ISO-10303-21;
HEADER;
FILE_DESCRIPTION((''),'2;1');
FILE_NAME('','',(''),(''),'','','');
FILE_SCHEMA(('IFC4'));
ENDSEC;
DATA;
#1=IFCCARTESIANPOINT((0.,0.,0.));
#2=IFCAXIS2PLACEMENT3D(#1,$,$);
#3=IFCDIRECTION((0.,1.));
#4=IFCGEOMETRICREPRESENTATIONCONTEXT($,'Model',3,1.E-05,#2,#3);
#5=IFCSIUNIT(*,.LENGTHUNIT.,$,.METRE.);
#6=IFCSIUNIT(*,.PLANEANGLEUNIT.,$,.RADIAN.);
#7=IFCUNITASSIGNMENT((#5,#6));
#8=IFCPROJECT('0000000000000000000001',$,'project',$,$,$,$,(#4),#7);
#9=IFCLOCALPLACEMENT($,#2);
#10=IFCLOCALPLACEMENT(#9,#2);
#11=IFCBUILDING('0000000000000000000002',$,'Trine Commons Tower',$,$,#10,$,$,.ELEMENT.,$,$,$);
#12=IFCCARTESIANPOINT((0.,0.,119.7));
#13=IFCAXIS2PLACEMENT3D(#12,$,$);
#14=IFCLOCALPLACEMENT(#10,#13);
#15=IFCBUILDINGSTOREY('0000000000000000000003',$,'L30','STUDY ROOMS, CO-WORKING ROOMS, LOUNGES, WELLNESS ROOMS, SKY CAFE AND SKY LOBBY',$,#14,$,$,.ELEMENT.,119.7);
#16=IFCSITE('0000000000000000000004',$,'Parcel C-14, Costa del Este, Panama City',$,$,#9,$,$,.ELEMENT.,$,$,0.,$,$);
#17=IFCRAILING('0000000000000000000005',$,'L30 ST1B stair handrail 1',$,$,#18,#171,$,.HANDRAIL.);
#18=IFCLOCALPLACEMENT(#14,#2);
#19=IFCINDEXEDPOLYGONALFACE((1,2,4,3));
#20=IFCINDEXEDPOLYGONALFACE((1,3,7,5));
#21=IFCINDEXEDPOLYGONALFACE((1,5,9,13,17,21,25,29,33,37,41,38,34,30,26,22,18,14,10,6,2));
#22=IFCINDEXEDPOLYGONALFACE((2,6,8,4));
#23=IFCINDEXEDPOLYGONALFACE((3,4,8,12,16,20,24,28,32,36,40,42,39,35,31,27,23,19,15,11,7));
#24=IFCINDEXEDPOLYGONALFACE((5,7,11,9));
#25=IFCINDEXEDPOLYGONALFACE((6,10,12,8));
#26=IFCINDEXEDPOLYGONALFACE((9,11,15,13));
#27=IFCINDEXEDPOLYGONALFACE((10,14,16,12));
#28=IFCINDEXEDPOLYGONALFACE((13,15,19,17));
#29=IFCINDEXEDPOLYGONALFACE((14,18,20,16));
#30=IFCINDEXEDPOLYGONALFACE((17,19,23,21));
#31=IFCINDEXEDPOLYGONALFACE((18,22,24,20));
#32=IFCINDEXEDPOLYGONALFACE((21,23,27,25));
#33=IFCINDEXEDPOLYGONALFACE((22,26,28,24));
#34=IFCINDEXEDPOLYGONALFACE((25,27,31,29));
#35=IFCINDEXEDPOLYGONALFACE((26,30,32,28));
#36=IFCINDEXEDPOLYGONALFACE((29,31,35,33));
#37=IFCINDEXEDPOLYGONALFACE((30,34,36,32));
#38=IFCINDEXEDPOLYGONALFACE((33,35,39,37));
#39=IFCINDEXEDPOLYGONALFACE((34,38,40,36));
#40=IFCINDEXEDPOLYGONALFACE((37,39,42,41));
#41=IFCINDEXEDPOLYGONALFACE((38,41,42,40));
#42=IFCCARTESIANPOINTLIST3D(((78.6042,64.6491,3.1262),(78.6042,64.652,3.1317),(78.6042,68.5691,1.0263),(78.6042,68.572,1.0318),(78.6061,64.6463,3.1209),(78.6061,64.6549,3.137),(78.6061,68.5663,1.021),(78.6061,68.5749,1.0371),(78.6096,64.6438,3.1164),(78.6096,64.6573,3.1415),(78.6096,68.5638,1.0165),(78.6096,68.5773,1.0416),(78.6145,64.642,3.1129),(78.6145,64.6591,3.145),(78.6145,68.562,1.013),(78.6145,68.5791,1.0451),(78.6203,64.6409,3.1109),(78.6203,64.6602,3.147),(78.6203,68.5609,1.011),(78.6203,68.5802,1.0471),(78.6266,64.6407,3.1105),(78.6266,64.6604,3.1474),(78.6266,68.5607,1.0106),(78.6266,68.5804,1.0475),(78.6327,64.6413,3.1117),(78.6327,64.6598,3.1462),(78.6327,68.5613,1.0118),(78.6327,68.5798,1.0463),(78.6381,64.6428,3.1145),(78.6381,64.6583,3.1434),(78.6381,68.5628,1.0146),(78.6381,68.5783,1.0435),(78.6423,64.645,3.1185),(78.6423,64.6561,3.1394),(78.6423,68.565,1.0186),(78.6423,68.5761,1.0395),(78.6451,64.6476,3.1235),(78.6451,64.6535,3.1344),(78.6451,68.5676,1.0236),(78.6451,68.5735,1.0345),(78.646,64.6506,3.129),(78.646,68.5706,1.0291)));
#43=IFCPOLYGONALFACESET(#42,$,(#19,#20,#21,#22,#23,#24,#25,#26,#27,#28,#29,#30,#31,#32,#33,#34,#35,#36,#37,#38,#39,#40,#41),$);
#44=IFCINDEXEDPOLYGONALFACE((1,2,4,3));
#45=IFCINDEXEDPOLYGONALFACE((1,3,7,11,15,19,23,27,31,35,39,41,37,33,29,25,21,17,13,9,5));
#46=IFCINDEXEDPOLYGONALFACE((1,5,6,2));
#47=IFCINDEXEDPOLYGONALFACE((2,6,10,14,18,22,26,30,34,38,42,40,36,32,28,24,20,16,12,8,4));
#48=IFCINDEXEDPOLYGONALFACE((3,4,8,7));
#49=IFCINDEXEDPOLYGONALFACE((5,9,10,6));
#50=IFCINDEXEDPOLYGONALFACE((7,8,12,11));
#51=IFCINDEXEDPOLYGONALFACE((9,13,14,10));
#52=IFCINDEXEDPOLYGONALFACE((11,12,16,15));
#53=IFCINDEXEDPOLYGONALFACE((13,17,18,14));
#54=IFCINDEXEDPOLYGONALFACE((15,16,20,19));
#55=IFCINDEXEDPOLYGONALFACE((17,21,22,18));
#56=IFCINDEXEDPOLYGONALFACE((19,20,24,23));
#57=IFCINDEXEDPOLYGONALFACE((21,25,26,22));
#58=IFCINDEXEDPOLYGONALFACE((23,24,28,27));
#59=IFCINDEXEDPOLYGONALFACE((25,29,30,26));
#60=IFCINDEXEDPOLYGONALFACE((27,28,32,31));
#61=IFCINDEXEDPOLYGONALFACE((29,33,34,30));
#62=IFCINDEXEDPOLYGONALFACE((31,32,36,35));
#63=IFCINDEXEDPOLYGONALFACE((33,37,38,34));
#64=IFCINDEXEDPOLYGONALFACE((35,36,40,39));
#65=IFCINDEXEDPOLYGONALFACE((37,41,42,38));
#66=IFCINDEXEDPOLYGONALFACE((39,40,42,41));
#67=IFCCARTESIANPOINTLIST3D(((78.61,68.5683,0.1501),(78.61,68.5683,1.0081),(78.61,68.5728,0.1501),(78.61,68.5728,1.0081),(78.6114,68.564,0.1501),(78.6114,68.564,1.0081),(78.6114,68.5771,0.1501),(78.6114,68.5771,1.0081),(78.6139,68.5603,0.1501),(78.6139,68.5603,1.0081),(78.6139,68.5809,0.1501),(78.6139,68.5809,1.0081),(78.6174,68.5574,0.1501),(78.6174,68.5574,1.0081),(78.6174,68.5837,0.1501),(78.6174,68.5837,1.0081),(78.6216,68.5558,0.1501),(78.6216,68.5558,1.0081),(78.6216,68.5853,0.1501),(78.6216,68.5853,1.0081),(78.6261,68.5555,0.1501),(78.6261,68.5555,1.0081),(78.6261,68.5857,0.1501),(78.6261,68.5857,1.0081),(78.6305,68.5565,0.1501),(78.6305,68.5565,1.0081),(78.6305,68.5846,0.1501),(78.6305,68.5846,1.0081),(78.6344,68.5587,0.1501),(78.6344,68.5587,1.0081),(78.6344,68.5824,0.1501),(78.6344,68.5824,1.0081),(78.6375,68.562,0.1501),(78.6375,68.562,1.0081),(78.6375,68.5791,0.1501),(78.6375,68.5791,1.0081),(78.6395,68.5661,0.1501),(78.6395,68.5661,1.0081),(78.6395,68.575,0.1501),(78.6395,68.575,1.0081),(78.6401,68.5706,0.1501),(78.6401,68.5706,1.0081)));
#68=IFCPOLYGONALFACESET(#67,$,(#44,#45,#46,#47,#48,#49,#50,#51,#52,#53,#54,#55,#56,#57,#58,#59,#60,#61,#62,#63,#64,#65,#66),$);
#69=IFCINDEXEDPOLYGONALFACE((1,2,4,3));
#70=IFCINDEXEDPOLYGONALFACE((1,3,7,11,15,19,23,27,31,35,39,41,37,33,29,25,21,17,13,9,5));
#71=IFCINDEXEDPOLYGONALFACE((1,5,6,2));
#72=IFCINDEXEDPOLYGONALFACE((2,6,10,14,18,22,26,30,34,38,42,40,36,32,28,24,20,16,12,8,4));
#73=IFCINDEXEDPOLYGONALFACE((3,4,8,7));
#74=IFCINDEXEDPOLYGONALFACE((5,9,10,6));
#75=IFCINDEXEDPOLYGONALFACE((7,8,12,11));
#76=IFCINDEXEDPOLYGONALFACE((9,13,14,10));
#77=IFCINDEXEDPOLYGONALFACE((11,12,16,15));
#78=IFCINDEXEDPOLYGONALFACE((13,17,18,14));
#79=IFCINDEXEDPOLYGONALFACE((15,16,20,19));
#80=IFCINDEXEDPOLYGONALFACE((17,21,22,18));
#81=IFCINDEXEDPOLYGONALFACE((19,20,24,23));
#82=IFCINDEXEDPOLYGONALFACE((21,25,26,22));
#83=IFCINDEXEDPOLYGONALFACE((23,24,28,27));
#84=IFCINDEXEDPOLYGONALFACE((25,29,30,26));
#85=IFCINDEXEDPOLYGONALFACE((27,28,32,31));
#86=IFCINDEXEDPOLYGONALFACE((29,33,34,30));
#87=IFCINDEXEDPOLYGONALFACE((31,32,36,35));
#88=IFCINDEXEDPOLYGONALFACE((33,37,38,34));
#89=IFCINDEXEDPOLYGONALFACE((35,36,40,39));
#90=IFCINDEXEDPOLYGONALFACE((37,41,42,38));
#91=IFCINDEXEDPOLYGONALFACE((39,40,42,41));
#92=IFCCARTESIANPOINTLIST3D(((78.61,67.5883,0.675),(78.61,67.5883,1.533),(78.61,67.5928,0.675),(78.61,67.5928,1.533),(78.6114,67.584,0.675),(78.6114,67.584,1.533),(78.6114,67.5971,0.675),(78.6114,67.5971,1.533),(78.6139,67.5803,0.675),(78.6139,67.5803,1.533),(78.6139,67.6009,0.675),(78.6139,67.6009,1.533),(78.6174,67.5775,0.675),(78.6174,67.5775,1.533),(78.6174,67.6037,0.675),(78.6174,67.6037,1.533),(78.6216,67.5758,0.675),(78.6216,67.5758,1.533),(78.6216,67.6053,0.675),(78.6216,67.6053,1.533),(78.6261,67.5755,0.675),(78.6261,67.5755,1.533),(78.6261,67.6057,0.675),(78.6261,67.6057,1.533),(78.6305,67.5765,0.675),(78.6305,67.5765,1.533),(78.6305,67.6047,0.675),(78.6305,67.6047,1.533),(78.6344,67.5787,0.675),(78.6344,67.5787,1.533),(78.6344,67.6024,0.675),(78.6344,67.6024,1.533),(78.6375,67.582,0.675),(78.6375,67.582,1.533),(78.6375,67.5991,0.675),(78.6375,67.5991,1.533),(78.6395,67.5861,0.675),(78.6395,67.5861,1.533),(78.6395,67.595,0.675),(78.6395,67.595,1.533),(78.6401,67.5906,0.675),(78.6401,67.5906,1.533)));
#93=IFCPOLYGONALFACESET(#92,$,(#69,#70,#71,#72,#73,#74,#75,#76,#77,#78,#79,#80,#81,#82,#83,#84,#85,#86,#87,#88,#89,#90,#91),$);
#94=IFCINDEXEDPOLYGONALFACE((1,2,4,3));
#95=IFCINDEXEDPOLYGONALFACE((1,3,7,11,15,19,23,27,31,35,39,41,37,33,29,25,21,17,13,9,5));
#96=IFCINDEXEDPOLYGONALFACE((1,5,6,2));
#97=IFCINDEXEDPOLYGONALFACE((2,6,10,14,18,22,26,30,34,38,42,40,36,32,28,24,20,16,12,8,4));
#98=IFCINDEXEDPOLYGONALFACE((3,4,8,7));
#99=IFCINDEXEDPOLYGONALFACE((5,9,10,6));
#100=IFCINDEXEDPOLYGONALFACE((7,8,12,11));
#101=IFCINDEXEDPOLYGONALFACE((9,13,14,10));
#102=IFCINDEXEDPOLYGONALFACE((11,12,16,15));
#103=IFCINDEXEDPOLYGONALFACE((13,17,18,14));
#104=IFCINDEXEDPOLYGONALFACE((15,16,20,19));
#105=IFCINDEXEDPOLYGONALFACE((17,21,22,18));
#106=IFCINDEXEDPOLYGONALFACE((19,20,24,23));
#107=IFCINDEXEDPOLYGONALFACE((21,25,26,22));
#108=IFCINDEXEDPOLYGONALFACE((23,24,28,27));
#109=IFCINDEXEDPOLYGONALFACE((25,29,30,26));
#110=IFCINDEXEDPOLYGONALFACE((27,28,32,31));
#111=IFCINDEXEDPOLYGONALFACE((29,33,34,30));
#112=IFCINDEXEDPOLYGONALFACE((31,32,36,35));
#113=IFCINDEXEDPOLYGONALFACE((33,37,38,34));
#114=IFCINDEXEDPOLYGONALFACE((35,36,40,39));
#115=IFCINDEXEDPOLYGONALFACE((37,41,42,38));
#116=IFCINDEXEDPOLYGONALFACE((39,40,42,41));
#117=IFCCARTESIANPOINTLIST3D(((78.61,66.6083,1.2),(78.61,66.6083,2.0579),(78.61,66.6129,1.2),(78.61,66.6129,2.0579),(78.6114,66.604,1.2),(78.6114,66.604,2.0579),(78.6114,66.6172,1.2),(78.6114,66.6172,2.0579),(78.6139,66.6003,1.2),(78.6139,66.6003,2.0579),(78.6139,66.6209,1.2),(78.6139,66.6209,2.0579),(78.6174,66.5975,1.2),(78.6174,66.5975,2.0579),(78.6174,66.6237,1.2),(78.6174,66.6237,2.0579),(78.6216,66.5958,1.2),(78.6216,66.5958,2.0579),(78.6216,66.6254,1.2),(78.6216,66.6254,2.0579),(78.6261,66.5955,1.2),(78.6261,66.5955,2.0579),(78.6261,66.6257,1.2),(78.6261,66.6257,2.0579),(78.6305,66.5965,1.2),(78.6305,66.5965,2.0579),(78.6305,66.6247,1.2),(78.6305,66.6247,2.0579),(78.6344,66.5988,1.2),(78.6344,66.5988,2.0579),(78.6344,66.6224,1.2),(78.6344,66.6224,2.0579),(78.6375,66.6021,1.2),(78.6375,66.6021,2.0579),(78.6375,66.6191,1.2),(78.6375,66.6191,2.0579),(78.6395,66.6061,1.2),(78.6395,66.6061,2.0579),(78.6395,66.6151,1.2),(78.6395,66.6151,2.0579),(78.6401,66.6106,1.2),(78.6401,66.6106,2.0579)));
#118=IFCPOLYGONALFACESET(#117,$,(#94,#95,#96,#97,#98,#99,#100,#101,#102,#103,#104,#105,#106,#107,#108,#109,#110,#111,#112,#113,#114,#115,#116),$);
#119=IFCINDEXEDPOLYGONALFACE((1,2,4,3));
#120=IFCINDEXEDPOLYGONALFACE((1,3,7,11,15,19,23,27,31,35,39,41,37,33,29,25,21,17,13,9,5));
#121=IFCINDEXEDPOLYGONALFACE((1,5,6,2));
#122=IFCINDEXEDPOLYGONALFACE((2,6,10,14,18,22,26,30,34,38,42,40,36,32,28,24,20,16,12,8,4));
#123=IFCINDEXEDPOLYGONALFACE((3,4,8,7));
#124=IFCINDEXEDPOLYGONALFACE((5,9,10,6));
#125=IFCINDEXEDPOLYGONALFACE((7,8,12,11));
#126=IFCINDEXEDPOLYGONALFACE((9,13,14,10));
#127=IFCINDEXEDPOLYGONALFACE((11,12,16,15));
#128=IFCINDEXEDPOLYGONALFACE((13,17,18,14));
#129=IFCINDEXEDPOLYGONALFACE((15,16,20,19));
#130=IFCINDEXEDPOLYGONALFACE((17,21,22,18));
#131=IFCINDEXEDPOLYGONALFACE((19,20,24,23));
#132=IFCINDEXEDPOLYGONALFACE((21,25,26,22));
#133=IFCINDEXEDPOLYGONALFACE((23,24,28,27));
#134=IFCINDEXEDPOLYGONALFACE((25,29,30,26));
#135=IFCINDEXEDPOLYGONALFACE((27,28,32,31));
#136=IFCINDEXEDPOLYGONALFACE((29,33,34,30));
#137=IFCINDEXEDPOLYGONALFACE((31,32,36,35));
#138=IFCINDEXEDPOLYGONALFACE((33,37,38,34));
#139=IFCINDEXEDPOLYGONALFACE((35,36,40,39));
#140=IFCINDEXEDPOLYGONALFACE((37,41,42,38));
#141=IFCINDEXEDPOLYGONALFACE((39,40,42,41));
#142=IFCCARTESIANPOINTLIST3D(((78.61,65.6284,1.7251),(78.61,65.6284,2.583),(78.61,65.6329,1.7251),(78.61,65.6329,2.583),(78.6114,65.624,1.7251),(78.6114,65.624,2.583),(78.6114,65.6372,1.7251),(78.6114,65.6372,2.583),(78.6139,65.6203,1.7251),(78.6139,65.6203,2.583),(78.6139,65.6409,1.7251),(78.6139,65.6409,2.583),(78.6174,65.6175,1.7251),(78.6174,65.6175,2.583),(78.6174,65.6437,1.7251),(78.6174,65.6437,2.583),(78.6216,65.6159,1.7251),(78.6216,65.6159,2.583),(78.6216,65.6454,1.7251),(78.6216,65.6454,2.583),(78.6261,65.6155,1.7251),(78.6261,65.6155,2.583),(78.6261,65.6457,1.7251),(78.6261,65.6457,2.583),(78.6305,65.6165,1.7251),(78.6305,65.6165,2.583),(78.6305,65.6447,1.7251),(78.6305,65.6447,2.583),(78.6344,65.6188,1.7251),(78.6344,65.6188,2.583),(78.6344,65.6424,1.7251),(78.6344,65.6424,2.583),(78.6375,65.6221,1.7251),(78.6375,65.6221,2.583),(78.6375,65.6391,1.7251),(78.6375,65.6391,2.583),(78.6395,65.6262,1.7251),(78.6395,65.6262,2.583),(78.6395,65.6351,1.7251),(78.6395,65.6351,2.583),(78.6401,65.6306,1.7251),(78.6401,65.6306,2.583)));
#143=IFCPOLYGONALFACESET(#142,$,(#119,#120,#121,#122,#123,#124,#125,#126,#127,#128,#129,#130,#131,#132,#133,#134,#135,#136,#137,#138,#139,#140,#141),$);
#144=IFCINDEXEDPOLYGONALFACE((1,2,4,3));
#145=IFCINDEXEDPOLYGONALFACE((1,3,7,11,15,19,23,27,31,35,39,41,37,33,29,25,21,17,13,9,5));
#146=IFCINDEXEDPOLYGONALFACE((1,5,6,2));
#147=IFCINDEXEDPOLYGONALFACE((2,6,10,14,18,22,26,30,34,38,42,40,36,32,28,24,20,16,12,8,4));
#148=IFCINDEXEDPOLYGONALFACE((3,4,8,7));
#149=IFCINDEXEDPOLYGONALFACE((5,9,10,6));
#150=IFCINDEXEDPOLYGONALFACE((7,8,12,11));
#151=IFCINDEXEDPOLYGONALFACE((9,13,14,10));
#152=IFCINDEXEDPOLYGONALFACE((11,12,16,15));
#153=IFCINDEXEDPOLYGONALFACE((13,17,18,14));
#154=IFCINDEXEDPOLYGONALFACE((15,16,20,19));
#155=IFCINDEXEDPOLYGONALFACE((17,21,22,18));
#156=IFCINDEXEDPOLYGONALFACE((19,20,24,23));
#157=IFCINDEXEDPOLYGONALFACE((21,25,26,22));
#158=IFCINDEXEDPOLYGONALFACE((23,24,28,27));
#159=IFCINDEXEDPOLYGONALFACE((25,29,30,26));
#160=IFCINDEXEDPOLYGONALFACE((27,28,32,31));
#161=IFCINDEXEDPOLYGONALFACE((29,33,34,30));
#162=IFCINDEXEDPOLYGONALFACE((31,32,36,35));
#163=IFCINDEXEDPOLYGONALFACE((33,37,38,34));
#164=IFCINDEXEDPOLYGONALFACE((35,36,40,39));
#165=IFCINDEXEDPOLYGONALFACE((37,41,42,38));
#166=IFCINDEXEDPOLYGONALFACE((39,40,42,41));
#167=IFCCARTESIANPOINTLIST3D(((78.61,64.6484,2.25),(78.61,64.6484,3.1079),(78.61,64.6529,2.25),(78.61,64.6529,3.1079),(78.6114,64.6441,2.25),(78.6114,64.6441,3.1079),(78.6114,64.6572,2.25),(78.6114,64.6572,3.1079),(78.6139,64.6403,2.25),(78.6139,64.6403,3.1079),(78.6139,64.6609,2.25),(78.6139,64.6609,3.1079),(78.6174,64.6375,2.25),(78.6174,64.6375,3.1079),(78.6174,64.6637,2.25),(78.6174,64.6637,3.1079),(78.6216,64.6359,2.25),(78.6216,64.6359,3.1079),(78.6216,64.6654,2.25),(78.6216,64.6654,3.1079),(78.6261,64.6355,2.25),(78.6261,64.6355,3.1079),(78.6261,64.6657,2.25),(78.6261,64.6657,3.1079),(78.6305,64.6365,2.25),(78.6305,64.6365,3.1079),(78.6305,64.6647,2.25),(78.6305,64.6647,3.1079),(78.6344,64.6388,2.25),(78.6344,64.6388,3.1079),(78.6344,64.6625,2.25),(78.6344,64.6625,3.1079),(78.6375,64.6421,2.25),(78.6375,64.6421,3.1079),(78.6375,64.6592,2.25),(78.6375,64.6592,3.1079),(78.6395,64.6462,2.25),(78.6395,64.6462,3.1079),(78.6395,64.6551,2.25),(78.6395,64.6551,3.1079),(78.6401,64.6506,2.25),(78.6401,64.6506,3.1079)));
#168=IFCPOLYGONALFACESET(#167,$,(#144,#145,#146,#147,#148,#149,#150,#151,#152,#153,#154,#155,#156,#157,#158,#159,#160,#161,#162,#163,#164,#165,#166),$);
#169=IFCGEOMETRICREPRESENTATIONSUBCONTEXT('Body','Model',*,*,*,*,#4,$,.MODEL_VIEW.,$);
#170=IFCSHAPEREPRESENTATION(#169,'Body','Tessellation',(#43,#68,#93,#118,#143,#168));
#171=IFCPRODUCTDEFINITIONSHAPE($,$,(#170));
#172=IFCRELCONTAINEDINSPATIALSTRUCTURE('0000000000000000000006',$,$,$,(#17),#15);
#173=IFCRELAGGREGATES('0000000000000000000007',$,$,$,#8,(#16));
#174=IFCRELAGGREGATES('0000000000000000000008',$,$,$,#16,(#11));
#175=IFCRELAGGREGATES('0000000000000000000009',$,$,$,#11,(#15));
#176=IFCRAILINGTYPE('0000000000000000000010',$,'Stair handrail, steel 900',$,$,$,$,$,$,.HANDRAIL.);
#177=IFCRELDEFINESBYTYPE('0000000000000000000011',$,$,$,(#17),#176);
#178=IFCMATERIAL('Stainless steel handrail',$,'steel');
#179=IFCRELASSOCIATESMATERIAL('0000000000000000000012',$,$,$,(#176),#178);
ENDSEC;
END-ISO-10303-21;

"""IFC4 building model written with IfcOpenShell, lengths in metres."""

from ifc_helpers import new_model, si_unit, direction, frame, origin, origin_2d, place, context, subcontext, project, spatial, circle, extrude, material, type_object, element, save


model = new_model("IFC4")

# Units and contexts
model_context = context("Model", 3, precision=1e-05, world=origin(), true_north=direction((0.0, 1.0)))
body_context = subcontext(model_context, "Body", "Model", "MODEL_VIEW")
ifc_project = project(units=[si_unit("LENGTHUNIT", "METRE"), si_unit("PLANEANGLEUNIT", "RADIAN")], contexts=[model_context])

# Site, building, storey
site_placement = place(None, origin())
site = spatial("IfcSite", under=ifc_project, at=site_placement, Name="Parcel C-14, Costa del Este, Panama City", CompositionType="ELEMENT", RefElevation=0.0)
building_placement = place(site_placement, origin())
building = spatial("IfcBuilding", under=site, at=building_placement, Name="Trine Commons Tower", CompositionType="ELEMENT")
storey_placement = place(building_placement, frame((0.0, 0.0, 119.7)))
storey = spatial("IfcBuildingStorey", under=building, at=storey_placement, Name="L30", Description="STUDY ROOMS, CO-WORKING ROOMS, LOUNGES, WELLNESS ROOMS, SKY CAFE AND SKY LOBBY", CompositionType="ELEMENT", Elevation=119.7)

# Railing
ifc_material_1 = material(Name="Stainless steel handrail", Category="steel")
railing_type_1 = type_object("IfcRailingType", Name="Stair handrail, steel 900", PredefinedType="HANDRAIL", material=ifc_material_1)
railing_1_placement = place(storey_placement, frame((78.625, 68.5706, 0.1501)))
element("IfcRailing", 1, at=railing_1_placement, inside=storey, type_object=railing_type_1, Name="L30 ST1B stair handrail 1", PredefinedType="HANDRAIL", context=body_context, shape_type="SweptSolid", body=[
    extrude(circle(Radius=0.021, at=origin_2d()), frame((0.0, 0.0, 0.8789), z_axis=(0.0, -0.88149, 0.472203), x_axis=(1.0, 0.0, 0.0)), (0.0, 0.0, 1.0), 4.447),
    extrude(circle(Radius=0.0151, at=origin_2d()), origin(), (0.0, 0.0, 1.0), 0.8579),
    extrude(circle(Radius=0.0151, at=origin_2d()), frame((0.0, -0.98, 0.5249)), (0.0, 0.0, 1.0), 0.8579),
    extrude(circle(Radius=0.0151, at=origin_2d()), frame((0.0, -1.96, 1.0498)), (0.0, 0.0, 1.0), 0.8579),
    extrude(circle(Radius=0.0151, at=origin_2d()), frame((0.0, -2.9399, 1.575)), (0.0, 0.0, 1.0), 0.8579),
    extrude(circle(Radius=0.0151, at=origin_2d()), frame((0.0, -3.9199, 2.0999)), (0.0, 0.0, 1.0), 0.8579),
])

save(model, "model.ifc")
